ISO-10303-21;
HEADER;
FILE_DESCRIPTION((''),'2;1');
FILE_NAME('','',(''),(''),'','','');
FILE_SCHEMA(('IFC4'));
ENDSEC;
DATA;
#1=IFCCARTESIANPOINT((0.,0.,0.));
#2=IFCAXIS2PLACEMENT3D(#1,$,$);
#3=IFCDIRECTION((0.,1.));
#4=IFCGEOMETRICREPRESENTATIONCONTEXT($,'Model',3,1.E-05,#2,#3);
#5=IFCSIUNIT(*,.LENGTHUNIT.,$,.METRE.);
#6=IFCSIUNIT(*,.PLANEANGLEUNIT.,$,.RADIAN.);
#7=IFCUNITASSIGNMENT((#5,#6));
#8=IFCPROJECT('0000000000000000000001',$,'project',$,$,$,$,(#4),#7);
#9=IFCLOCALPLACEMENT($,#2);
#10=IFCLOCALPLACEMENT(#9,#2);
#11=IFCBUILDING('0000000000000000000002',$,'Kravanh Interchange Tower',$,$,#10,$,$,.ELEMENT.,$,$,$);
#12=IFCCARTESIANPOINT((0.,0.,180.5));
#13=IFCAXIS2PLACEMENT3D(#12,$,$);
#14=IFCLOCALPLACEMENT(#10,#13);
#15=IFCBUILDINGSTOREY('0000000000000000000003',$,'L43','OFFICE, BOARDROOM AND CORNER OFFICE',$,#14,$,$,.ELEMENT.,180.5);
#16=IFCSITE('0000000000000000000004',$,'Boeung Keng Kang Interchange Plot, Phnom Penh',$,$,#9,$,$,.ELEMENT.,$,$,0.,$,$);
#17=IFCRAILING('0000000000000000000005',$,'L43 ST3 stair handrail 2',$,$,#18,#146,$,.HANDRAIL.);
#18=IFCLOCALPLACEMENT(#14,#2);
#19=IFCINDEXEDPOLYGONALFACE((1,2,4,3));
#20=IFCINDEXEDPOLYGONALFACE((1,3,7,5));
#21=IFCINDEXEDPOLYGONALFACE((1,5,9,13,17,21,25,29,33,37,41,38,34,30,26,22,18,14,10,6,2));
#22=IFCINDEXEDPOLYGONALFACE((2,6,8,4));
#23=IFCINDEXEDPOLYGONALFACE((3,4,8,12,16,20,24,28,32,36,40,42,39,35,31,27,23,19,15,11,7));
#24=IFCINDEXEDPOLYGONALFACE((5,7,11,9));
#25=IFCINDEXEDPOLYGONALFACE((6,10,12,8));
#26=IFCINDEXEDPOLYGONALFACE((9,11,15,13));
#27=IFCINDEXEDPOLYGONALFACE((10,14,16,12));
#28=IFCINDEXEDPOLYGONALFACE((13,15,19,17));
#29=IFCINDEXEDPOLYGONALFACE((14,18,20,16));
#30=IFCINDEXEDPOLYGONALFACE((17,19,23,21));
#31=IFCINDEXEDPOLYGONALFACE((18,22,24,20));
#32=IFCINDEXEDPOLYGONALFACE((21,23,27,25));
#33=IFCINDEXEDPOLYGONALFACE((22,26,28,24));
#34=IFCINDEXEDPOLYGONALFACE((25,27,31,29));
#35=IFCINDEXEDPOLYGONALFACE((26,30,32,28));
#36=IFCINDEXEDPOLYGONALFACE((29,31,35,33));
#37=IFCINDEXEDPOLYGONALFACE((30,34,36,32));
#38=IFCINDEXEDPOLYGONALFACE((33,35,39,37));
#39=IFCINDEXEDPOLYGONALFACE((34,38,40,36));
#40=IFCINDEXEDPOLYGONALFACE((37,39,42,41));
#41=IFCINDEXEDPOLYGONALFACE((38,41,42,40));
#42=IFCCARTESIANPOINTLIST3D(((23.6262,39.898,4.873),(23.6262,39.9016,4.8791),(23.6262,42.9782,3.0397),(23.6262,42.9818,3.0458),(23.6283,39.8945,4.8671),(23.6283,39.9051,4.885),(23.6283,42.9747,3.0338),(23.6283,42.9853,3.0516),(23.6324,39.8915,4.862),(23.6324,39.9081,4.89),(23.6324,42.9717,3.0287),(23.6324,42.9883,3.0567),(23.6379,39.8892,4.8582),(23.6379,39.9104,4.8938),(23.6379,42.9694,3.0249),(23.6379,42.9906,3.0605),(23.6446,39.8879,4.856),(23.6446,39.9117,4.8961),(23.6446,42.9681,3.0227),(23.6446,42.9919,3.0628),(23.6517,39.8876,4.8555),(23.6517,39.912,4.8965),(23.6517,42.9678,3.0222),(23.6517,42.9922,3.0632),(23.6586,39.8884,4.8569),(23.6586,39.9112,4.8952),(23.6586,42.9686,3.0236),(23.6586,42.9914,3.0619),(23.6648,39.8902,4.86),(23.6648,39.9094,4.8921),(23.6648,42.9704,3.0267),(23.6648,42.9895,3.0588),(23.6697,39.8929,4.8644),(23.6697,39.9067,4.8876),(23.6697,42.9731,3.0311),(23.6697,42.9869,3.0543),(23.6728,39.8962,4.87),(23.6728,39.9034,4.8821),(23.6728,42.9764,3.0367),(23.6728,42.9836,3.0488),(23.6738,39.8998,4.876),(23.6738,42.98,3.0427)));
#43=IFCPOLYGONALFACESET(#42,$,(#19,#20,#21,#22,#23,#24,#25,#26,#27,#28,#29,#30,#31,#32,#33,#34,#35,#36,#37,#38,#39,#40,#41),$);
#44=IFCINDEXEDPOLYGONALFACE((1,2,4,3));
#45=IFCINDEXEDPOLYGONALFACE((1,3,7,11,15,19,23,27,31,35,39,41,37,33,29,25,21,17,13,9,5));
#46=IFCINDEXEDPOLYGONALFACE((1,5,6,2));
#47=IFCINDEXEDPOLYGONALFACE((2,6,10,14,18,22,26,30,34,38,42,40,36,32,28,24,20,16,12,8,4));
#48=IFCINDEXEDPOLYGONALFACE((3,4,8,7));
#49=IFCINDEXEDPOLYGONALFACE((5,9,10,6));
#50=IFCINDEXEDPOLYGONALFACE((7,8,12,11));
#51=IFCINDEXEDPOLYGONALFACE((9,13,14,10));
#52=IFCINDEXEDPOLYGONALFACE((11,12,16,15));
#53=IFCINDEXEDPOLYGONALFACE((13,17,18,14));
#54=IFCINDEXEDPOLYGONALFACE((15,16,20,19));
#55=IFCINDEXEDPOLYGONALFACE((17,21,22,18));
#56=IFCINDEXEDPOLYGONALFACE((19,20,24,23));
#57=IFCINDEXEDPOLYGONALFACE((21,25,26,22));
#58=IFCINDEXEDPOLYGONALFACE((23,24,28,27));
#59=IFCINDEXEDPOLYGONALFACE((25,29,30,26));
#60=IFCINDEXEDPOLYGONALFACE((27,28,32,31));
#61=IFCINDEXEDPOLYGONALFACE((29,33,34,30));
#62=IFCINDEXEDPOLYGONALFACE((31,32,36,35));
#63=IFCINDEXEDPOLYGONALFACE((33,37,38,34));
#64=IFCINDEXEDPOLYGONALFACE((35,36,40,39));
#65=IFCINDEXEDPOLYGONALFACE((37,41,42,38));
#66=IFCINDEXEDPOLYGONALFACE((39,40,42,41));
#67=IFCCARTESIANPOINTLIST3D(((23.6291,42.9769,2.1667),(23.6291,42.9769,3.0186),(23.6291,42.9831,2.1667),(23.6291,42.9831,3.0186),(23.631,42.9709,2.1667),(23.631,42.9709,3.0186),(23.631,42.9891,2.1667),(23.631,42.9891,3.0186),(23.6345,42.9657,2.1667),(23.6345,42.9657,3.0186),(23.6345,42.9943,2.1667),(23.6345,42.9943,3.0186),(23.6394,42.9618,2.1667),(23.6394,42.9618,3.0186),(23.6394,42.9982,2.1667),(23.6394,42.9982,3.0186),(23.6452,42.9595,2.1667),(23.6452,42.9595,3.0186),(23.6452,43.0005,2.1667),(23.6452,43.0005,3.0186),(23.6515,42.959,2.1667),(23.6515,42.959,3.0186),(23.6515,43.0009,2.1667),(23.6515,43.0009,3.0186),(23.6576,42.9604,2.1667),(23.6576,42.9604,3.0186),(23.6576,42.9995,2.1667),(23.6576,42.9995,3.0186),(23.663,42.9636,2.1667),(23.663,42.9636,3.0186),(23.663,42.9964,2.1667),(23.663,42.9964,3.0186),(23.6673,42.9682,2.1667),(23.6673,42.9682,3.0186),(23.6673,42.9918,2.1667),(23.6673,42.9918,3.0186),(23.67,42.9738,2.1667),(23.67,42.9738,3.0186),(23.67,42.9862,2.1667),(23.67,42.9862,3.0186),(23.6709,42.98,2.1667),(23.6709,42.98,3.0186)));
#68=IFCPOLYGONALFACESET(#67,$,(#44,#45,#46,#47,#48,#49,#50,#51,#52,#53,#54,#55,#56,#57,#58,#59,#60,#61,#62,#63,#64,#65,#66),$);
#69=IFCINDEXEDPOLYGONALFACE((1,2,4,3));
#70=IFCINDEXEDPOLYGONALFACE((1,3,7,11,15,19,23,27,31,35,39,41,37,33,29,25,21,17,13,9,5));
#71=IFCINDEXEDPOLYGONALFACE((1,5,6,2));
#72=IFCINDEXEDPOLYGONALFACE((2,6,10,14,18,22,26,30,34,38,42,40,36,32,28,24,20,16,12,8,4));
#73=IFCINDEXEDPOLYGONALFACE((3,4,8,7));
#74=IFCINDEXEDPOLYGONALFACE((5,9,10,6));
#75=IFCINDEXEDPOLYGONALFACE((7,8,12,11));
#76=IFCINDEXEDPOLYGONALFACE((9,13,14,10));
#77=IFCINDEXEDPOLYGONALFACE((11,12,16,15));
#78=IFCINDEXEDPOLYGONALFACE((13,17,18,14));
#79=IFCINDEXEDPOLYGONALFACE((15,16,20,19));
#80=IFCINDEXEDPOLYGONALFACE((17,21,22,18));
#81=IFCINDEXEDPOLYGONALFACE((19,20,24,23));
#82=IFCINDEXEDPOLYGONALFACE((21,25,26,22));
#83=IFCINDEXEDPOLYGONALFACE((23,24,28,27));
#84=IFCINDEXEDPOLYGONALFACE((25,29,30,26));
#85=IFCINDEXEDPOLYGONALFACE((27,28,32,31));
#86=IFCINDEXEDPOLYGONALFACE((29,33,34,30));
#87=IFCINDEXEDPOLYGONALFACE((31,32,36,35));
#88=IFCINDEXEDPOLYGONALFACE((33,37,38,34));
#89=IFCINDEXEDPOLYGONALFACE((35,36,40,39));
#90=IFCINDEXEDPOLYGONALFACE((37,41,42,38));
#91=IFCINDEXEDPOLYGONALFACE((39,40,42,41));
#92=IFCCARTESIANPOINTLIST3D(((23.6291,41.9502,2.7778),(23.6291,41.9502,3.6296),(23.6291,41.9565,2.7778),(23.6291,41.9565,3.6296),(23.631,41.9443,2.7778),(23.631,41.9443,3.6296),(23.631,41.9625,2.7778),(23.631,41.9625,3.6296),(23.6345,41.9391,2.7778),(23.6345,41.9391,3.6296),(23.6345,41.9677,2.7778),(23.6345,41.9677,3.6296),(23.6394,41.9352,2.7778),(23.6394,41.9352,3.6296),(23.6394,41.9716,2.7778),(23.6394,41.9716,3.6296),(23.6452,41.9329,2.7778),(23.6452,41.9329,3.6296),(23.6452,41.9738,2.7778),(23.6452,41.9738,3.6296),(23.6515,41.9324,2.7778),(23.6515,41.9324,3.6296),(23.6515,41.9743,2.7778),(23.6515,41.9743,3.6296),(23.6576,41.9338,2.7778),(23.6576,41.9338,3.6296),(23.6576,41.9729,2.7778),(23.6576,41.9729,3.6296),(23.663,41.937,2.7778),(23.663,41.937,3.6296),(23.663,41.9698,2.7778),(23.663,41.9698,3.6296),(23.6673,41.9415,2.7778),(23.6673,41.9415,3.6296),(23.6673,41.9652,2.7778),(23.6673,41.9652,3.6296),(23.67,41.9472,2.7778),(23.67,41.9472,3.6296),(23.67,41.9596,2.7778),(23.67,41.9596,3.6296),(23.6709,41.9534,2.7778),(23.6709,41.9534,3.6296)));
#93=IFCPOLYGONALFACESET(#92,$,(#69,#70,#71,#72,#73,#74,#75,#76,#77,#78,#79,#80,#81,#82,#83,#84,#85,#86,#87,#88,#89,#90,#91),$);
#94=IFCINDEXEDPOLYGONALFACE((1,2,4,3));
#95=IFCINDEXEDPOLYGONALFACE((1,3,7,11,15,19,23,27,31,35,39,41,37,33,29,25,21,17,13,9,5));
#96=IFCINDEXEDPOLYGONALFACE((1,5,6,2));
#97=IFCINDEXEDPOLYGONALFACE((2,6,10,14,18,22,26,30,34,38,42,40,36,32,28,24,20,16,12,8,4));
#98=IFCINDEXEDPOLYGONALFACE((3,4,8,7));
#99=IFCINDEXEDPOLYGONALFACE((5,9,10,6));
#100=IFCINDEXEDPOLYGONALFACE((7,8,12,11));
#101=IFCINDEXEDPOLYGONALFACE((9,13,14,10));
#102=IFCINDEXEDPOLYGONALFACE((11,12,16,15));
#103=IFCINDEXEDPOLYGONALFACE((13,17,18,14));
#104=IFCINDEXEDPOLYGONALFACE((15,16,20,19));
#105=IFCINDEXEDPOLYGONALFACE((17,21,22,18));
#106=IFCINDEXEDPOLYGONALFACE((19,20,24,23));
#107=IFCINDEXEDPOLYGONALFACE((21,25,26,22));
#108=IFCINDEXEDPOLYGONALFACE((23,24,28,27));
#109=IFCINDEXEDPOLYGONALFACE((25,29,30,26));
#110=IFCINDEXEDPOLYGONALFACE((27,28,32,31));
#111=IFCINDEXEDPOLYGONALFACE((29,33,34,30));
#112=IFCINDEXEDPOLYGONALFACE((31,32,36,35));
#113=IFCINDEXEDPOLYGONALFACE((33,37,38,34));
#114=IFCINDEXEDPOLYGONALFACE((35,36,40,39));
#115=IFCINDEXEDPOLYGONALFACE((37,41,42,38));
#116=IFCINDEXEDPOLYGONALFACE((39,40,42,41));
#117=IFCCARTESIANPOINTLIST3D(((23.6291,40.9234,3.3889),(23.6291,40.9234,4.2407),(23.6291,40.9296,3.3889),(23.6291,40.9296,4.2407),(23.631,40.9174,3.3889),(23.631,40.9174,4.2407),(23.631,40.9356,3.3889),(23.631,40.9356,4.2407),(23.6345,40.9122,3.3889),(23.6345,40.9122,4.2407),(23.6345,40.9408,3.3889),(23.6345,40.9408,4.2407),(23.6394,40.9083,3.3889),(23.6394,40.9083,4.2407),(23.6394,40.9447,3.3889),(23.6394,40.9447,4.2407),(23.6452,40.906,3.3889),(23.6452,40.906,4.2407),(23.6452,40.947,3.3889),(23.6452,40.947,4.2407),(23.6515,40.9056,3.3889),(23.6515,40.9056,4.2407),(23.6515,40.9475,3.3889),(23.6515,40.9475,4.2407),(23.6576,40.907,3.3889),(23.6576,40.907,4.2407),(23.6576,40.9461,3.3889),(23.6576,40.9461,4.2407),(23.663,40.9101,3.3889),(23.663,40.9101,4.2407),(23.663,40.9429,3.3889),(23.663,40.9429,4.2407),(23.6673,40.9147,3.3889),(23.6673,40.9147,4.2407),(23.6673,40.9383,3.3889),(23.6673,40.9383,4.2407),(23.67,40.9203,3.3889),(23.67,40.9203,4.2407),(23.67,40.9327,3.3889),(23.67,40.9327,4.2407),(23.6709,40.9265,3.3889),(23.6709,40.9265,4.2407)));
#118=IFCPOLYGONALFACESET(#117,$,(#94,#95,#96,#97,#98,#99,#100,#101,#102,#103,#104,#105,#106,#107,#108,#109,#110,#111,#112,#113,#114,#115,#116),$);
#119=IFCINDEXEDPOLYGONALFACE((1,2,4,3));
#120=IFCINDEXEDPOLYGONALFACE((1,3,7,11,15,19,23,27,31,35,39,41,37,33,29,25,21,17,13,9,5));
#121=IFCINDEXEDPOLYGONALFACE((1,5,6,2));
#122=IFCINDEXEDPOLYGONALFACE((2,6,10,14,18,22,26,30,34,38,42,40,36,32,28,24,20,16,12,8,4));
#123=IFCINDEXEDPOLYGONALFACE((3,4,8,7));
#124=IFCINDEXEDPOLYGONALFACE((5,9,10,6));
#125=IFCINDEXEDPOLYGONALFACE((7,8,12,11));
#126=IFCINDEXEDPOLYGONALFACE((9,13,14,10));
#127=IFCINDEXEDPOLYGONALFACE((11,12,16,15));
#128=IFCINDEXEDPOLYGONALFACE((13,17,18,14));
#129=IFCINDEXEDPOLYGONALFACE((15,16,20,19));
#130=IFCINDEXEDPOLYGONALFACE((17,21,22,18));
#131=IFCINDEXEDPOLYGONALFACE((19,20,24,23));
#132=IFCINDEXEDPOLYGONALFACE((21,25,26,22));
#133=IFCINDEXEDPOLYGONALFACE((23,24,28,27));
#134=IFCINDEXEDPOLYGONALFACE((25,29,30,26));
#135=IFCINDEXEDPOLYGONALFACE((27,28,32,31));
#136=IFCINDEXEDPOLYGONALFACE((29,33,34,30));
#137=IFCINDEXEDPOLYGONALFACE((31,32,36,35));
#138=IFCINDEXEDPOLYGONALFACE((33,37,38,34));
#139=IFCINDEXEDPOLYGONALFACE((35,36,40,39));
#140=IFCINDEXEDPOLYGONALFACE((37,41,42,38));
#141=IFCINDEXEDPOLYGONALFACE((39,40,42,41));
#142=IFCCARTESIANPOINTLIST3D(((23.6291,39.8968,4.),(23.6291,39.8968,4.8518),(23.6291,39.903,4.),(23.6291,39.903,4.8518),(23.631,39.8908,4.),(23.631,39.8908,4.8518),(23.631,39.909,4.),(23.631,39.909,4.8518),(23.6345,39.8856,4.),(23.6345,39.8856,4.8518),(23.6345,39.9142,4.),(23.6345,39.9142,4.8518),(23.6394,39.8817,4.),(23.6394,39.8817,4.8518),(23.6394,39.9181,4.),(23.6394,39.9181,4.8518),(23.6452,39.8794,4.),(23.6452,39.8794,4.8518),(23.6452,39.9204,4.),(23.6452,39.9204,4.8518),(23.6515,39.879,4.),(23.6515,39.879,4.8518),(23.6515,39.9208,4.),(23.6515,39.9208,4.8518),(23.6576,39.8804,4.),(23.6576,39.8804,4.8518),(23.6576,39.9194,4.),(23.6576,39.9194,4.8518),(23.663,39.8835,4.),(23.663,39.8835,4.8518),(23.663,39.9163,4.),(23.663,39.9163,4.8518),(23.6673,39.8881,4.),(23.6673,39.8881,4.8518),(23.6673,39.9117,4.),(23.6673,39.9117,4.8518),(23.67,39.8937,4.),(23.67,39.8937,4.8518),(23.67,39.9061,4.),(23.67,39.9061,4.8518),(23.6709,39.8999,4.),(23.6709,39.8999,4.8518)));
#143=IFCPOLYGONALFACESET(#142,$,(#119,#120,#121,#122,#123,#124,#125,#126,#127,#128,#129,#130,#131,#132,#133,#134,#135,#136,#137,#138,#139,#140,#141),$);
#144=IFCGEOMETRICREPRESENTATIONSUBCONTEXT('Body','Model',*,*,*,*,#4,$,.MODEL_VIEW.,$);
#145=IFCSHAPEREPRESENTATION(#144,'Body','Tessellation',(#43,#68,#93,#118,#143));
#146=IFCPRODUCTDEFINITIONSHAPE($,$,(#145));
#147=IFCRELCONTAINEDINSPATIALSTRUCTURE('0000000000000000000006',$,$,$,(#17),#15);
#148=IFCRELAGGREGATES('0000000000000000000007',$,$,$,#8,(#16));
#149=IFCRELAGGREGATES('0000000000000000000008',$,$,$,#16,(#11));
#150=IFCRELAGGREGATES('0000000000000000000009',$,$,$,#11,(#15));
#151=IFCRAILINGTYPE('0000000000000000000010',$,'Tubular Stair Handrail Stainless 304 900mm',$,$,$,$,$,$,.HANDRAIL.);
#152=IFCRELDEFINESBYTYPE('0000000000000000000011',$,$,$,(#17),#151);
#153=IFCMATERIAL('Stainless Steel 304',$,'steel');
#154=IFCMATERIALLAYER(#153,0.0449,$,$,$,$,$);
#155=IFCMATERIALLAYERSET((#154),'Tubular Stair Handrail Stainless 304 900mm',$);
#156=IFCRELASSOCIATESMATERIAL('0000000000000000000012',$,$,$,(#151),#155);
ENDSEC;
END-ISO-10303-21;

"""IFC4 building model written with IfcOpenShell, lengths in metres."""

from ifc_helpers import new_model, si_unit, direction, frame, origin, origin_2d, place, context, subcontext, project, spatial, circle, extrude, material, layer, layer_set, type_object, element, save


model = new_model("IFC4")

# Units and contexts
model_context = context("Model", 3, precision=1e-05, world=origin(), true_north=direction((0.0, 1.0)))
body_context = subcontext(model_context, "Body", "Model", "MODEL_VIEW")
ifc_project = project(units=[si_unit("LENGTHUNIT", "METRE"), si_unit("PLANEANGLEUNIT", "RADIAN")], contexts=[model_context])

# Site, building, storey
site_placement = place(None, origin())
site = spatial("IfcSite", under=ifc_project, at=site_placement, Name="Boeung Keng Kang Interchange Plot, Phnom Penh", CompositionType="ELEMENT", RefElevation=0.0)
building_placement = place(site_placement, origin())
building = spatial("IfcBuilding", under=site, at=building_placement, Name="Kravanh Interchange Tower", CompositionType="ELEMENT")
storey_placement = place(building_placement, frame((0.0, 0.0, 180.5)))
storey = spatial("IfcBuildingStorey", under=building, at=storey_placement, Name="L43", Description="OFFICE, BOARDROOM AND CORNER OFFICE", CompositionType="ELEMENT", Elevation=180.5)

# Railing
ifc_material_1 = material(Name="Stainless Steel 304", Category="steel")
ifc_layer_1 = layer(ifc_material_1, 0.0449)
ifc_layer_set_1 = layer_set([ifc_layer_1], Name="Tubular Stair Handrail Stainless 304 900mm")
railing_type_1 = type_object("IfcRailingType", Name="Tubular Stair Handrail Stainless 304 900mm", PredefinedType="HANDRAIL", material=ifc_layer_set_1)
railing_1_placement = place(storey_placement, frame((23.6499, 42.98, 2.1667)))
element("IfcRailing", 1, at=railing_1_placement, inside=storey, type_object=railing_type_1, Name="L43 ST3 stair handrail 2", PredefinedType="HANDRAIL", context=body_context, shape_type="SweptSolid", body=[
    extrude(circle(Radius=0.0239, at=origin_2d()), frame((0.0, 0.0, 0.876), z_axis=(0.0, -0.859309, 0.511458), x_axis=(1.0, 0.0, 0.0)), (0.0, 0.0, 1.0), 3.5845),
    extrude(circle(Radius=0.021, at=origin_2d()), origin(), (0.0, 0.0, 1.0), 0.8518),
    extrude(circle(Radius=0.021, at=origin_2d()), frame((0.0, -1.0266, 0.6111)), (0.0, 0.0, 1.0), 0.8518),
    extrude(circle(Radius=0.021, at=origin_2d()), frame((0.0, -2.0535, 1.2222)), (0.0, 0.0, 1.0), 0.8518),
    extrude(circle(Radius=0.021, at=origin_2d()), frame((0.0, -3.0801, 1.8333)), (0.0, 0.0, 1.0), 0.8518),
])

save(model, "model.ifc")
